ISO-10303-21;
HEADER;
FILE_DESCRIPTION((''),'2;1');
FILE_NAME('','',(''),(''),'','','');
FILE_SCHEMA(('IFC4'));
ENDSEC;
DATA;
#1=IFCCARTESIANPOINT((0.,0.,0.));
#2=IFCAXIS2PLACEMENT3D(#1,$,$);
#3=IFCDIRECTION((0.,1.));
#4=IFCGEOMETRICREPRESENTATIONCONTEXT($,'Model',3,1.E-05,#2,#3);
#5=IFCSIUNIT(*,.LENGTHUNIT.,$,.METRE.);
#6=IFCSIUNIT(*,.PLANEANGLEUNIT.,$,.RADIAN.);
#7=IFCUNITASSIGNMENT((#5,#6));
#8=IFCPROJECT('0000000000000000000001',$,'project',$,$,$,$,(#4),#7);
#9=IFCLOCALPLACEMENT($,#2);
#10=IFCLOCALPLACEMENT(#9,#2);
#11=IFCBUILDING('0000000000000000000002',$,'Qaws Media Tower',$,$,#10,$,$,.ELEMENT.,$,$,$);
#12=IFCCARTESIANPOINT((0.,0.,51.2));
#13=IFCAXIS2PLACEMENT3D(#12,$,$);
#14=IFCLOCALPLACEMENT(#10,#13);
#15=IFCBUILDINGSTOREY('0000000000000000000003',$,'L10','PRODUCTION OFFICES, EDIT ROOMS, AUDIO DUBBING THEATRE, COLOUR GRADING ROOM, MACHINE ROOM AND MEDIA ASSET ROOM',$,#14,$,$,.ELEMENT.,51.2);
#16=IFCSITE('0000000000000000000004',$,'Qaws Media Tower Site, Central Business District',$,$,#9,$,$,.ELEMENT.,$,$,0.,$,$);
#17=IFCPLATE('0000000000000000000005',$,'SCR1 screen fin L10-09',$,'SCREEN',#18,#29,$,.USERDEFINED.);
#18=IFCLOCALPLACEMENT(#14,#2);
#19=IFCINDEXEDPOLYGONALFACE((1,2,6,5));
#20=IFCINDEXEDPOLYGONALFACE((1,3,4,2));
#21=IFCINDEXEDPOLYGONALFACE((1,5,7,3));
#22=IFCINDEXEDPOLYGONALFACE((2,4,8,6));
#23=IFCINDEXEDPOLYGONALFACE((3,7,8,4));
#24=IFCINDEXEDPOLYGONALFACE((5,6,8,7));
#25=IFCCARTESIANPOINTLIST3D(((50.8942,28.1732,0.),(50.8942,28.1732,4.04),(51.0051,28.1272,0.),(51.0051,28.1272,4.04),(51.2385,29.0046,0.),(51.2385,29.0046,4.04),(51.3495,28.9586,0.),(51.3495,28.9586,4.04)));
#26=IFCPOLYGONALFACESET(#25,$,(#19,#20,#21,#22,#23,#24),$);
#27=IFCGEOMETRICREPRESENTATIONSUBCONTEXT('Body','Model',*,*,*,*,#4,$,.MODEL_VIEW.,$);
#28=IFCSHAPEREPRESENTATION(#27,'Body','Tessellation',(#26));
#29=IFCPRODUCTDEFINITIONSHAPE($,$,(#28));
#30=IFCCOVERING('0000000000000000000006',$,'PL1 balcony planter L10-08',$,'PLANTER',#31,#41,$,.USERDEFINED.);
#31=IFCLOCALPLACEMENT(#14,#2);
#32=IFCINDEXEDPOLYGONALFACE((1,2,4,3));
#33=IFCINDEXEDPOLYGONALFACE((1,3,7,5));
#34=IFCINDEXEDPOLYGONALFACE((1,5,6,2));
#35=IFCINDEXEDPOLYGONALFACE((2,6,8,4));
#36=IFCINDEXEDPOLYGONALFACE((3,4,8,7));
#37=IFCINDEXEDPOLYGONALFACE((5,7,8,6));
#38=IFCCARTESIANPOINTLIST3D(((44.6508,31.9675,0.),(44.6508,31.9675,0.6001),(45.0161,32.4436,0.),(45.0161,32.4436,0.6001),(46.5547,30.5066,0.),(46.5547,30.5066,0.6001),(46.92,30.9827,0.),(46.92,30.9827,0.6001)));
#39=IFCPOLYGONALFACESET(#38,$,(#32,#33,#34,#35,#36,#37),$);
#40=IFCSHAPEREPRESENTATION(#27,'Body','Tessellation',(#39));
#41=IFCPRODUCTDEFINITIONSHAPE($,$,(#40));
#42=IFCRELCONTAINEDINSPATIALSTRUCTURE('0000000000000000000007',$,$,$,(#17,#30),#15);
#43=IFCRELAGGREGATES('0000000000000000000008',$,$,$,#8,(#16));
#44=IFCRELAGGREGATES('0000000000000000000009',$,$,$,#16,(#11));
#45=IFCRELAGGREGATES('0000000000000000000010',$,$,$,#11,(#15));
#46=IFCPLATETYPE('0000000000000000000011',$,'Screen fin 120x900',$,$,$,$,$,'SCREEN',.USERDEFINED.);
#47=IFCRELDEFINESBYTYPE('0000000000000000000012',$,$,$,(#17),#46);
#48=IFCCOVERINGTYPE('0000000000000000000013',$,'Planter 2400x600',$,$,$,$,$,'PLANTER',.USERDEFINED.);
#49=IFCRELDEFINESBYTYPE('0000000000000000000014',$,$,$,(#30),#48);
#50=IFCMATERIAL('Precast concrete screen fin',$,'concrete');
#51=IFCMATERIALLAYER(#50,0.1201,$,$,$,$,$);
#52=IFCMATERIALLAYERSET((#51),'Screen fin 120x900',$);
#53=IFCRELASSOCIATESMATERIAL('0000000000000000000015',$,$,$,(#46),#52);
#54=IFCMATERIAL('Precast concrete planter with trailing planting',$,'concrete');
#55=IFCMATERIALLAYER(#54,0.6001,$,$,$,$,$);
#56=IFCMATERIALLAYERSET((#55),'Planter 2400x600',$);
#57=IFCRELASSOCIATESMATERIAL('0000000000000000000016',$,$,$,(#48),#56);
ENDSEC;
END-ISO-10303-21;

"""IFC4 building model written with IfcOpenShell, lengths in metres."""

from ifc_helpers import new_model, si_unit, direction, frame, origin, origin_2d, place, context, subcontext, project, spatial, rectangle, extrude, material, layer, layer_set, type_object, element, save


model = new_model("IFC4")

# Units and contexts
model_context = context("Model", 3, precision=1e-05, world=origin(), true_north=direction((0.0, 1.0)))
body_context = subcontext(model_context, "Body", "Model", "MODEL_VIEW")
ifc_project = project(units=[si_unit("LENGTHUNIT", "METRE"), si_unit("PLANEANGLEUNIT", "RADIAN")], contexts=[model_context])

# Site, building, storey
site_placement = place(None, origin())
site = spatial("IfcSite", under=ifc_project, at=site_placement, Name="Qaws Media Tower Site, Central Business District", CompositionType="ELEMENT", RefElevation=0.0)
building_placement = place(site_placement, origin())
building = spatial("IfcBuilding", under=site, at=building_placement, Name="Qaws Media Tower", CompositionType="ELEMENT")
storey_placement = place(building_placement, frame((0.0, 0.0, 51.2)))
storey = spatial("IfcBuildingStorey", under=building, at=storey_placement, Name="L10", Description="PRODUCTION OFFICES, EDIT ROOMS, AUDIO DUBBING THEATRE, COLOUR GRADING ROOM, MACHINE ROOM AND MEDIA ASSET ROOM", CompositionType="ELEMENT", Elevation=51.2)

# Plate
ifc_material_1 = material(Name="Precast concrete screen fin", Category="concrete")
ifc_layer_1 = layer(ifc_material_1, 0.1201)
ifc_layer_set_1 = layer_set([ifc_layer_1], Name="Screen fin 120x900")
plate_type_1 = type_object("IfcPlateType", Name="Screen fin 120x900", ElementType="SCREEN", PredefinedType="USERDEFINED", material=ifc_layer_set_1)
plate_1_placement = place(storey_placement, frame((51.1218, 28.5659, 0.0), z_axis=(0.0, 0.0, 1.0), x_axis=(-0.382683, -0.92388, 0.0)))
element("IfcPlate", 1, at=plate_1_placement, inside=storey, type_object=plate_type_1, Name="SCR1 screen fin L10-09", ObjectType="SCREEN", PredefinedType="USERDEFINED", context=body_context, shape_type="SweptSolid", body=[
    extrude(rectangle(XDim=0.8999, YDim=0.1201, at=origin_2d()), origin(), (0.0, 0.0, 1.0), 4.04),
])

# Covering
ifc_material_2 = material(Name="Precast concrete planter with trailing planting", Category="concrete")
ifc_layer_2 = layer(ifc_material_2, 0.6001)
ifc_layer_set_2 = layer_set([ifc_layer_2], Name="Planter 2400x600")
covering_type = type_object("IfcCoveringType", Name="Planter 2400x600", ElementType="PLANTER", PredefinedType="USERDEFINED", material=ifc_layer_set_2)
covering_placement = place(storey_placement, frame((45.7854, 31.4751, 0.0), z_axis=(0.0, 0.0, 1.0), x_axis=(0.793353, -0.608761, 0.0)))
element("IfcCovering", 2, at=covering_placement, inside=storey, type_object=covering_type, Name="PL1 balcony planter L10-08", ObjectType="PLANTER", PredefinedType="USERDEFINED", context=body_context, shape_type="SweptSolid", body=[
    extrude(rectangle(XDim=2.3999, YDim=0.6001, at=origin_2d()), origin(), (0.0, 0.0, 1.0), 0.6001),
])

save(model, "model.ifc")
